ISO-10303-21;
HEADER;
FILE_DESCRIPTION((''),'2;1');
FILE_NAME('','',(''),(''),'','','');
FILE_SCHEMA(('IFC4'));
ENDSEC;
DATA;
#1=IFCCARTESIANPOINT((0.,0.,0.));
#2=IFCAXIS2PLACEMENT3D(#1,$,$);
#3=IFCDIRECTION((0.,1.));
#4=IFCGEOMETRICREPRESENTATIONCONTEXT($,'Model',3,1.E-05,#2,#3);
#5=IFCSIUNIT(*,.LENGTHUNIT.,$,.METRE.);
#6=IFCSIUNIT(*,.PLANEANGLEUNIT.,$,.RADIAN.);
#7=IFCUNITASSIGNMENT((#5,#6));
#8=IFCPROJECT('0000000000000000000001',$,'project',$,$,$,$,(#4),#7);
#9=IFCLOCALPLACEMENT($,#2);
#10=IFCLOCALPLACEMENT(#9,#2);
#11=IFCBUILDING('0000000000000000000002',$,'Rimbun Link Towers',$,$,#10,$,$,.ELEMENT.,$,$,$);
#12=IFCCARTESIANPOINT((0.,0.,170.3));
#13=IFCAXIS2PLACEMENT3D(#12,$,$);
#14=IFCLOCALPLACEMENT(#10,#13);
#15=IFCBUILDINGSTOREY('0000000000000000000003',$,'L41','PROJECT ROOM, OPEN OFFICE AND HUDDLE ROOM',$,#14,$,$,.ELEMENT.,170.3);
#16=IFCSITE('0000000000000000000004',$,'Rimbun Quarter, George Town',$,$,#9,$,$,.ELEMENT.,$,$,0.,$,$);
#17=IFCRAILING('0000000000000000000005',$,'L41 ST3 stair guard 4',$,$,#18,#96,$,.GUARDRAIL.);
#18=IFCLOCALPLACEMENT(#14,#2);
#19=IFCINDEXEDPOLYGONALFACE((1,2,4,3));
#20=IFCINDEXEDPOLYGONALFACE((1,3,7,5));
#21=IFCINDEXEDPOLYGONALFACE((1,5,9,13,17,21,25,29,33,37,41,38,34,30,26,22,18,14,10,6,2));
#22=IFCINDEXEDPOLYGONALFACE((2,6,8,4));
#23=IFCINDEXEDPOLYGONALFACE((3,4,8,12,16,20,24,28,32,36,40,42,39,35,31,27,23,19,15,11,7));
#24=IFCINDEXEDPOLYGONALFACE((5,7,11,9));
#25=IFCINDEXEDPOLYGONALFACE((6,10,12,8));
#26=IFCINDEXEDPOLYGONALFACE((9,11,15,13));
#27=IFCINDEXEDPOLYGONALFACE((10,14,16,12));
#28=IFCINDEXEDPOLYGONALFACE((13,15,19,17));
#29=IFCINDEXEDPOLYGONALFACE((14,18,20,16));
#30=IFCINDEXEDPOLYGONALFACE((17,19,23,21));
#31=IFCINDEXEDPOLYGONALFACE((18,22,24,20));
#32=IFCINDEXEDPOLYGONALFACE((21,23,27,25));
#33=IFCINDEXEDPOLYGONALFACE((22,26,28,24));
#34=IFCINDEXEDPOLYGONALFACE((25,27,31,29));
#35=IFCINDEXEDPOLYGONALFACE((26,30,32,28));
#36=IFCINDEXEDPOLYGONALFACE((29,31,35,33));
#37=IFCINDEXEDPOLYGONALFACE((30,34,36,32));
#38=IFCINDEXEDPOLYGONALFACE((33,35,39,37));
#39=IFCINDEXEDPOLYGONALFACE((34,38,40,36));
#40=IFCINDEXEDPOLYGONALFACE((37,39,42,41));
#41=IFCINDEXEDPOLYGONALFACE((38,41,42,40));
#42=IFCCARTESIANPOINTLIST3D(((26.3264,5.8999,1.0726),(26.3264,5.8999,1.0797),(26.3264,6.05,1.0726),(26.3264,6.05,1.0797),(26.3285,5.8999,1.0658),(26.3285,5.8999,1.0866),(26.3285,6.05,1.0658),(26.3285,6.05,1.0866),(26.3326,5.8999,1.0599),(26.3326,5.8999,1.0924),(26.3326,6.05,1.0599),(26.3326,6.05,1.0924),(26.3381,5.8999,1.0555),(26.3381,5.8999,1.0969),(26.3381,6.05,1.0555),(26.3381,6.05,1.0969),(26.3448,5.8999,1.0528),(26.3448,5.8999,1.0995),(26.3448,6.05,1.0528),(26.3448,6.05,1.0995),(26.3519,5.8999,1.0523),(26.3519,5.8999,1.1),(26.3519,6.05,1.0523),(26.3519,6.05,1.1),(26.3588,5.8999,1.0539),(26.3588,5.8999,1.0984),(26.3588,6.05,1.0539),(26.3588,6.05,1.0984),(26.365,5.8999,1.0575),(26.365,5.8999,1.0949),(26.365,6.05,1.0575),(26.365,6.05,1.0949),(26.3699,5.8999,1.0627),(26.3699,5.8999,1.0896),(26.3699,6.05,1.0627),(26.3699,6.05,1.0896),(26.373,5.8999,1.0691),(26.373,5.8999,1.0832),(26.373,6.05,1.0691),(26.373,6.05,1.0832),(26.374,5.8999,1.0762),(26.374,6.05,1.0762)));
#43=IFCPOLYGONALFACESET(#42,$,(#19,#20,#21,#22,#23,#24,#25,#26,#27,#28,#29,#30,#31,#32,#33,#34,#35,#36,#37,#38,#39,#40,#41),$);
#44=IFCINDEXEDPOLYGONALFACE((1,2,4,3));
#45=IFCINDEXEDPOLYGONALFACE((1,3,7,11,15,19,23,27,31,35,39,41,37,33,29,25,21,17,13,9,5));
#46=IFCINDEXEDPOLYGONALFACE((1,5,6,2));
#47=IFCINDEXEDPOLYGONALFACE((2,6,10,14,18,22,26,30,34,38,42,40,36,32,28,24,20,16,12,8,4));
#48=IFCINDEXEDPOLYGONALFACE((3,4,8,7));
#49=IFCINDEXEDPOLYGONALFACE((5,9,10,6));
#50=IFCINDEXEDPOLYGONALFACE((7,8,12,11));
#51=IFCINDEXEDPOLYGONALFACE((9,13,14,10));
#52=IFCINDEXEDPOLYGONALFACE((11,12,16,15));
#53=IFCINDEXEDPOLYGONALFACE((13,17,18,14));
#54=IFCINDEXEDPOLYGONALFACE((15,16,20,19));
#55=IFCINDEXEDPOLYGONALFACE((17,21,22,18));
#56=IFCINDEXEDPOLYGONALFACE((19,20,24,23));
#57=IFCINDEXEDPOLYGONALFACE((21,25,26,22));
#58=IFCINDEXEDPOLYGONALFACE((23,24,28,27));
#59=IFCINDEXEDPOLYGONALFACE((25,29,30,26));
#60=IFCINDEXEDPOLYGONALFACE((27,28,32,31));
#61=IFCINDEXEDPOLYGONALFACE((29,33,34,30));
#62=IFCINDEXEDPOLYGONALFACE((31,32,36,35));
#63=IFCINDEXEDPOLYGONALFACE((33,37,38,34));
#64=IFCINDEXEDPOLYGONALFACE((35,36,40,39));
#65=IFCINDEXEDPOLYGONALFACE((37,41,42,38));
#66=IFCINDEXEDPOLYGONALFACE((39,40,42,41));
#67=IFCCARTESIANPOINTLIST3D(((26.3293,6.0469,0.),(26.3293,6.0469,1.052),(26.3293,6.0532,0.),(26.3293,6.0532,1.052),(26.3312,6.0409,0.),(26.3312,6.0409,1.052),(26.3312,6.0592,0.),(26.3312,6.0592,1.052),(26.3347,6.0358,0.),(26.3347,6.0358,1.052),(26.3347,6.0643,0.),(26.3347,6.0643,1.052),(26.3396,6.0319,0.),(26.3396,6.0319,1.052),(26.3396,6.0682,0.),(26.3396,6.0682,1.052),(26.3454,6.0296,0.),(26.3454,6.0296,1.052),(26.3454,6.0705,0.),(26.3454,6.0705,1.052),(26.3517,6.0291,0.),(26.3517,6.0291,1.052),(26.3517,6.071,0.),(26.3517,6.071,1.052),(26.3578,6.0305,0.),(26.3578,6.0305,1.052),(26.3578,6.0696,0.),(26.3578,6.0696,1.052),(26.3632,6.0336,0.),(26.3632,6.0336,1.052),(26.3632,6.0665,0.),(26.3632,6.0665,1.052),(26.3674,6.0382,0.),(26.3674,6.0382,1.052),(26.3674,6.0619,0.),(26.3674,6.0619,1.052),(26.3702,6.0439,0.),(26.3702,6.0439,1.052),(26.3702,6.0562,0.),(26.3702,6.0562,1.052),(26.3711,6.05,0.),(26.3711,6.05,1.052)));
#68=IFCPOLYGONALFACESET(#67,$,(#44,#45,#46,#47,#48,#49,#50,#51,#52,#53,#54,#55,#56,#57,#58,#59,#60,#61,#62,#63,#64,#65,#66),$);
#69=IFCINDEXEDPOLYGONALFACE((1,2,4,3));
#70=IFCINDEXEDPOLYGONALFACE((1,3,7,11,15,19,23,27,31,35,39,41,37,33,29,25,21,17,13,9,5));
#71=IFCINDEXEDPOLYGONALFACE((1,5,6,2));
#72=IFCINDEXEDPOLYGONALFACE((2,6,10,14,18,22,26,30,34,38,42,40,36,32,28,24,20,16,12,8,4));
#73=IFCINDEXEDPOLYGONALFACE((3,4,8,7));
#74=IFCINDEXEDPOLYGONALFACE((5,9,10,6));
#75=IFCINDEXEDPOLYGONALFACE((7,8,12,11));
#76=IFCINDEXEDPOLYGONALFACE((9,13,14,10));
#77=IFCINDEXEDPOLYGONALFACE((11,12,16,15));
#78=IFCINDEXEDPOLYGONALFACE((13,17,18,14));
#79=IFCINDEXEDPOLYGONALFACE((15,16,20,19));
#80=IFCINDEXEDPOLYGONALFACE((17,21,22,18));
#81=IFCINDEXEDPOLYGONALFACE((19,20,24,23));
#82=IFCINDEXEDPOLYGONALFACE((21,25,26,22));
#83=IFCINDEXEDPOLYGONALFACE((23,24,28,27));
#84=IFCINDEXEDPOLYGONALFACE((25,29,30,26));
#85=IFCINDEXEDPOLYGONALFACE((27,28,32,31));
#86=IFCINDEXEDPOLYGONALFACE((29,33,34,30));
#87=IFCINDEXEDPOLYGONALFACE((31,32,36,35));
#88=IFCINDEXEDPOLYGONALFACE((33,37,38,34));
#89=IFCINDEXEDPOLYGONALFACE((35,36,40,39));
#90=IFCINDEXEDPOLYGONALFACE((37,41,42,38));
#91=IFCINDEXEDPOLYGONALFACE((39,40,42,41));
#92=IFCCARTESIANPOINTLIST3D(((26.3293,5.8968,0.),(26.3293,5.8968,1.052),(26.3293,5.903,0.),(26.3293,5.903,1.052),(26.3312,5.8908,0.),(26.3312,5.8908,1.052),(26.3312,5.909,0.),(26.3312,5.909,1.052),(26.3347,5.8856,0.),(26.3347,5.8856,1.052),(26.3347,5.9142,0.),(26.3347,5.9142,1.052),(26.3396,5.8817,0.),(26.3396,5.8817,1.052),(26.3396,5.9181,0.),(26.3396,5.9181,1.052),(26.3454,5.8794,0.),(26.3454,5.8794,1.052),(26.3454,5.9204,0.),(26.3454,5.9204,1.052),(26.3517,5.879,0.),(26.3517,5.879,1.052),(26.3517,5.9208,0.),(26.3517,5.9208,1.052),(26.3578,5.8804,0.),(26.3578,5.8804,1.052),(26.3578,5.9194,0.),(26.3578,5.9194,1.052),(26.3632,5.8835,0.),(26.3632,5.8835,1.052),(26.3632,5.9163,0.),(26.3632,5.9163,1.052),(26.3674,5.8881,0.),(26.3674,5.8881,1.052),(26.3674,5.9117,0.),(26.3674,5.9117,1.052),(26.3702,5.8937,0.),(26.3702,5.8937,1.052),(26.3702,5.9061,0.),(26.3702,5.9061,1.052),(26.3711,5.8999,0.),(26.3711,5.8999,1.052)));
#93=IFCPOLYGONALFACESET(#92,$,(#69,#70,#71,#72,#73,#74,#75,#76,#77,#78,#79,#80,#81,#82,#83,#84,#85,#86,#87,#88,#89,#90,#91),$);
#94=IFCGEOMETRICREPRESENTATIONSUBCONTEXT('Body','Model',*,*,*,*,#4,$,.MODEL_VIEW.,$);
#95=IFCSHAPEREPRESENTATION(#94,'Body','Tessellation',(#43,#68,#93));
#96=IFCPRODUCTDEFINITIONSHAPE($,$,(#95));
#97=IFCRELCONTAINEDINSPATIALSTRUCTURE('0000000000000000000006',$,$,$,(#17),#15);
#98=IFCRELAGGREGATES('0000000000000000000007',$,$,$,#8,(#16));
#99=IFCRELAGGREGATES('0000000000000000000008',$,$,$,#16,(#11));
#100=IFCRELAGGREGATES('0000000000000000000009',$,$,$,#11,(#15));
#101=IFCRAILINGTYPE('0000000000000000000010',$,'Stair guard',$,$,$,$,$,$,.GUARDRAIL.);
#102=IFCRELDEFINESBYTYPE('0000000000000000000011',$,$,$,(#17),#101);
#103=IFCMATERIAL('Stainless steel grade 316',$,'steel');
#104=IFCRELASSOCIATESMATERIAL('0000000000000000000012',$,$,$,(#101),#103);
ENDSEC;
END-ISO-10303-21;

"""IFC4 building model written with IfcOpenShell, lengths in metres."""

from ifc_helpers import new_model, si_unit, direction, frame, origin, origin_2d, place, context, subcontext, project, spatial, circle, extrude, material, type_object, element, save


model = new_model("IFC4")

# Units and contexts
model_context = context("Model", 3, precision=1e-05, world=origin(), true_north=direction((0.0, 1.0)))
body_context = subcontext(model_context, "Body", "Model", "MODEL_VIEW")
ifc_project = project(units=[si_unit("LENGTHUNIT", "METRE"), si_unit("PLANEANGLEUNIT", "RADIAN")], contexts=[model_context])

# Site, building, storey
site_placement = place(None, origin())
site = spatial("IfcSite", under=ifc_project, at=site_placement, Name="Rimbun Quarter, George Town", CompositionType="ELEMENT", RefElevation=0.0)
building_placement = place(site_placement, origin())
building = spatial("IfcBuilding", under=site, at=building_placement, Name="Rimbun Link Towers", CompositionType="ELEMENT")
storey_placement = place(building_placement, frame((0.0, 0.0, 170.3)))
storey = spatial("IfcBuildingStorey", under=building, at=storey_placement, Name="L41", Description="PROJECT ROOM, OPEN OFFICE AND HUDDLE ROOM", CompositionType="ELEMENT", Elevation=170.3)

# Railing
ifc_material_1 = material(Name="Stainless steel grade 316", Category="steel")
railing_type_1 = type_object("IfcRailingType", Name="Stair guard", PredefinedType="GUARDRAIL", material=ifc_material_1)
railing_1_placement = place(storey_placement, frame((26.3501, 6.05, 0.0)))
element("IfcRailing", 1, at=railing_1_placement, inside=storey, type_object=railing_type_1, Name="L41 ST3 stair guard 4", PredefinedType="GUARDRAIL", context=body_context, shape_type="SweptSolid", body=[
    extrude(circle(Radius=0.0239, at=origin_2d()), frame((0.0, 0.0, 1.0762), z_axis=(0.0, -1.0, 0.0), x_axis=(1.0, 0.0, 0.0)), (0.0, 0.0, 1.0), 0.1501),
    extrude(circle(Radius=0.021, at=origin_2d()), origin(), (0.0, 0.0, 1.0), 1.052),
    extrude(circle(Radius=0.021, at=origin_2d()), frame((0.0, -0.1501, 0.0)), (0.0, 0.0, 1.0), 1.052),
])

save(model, "model.ifc")
